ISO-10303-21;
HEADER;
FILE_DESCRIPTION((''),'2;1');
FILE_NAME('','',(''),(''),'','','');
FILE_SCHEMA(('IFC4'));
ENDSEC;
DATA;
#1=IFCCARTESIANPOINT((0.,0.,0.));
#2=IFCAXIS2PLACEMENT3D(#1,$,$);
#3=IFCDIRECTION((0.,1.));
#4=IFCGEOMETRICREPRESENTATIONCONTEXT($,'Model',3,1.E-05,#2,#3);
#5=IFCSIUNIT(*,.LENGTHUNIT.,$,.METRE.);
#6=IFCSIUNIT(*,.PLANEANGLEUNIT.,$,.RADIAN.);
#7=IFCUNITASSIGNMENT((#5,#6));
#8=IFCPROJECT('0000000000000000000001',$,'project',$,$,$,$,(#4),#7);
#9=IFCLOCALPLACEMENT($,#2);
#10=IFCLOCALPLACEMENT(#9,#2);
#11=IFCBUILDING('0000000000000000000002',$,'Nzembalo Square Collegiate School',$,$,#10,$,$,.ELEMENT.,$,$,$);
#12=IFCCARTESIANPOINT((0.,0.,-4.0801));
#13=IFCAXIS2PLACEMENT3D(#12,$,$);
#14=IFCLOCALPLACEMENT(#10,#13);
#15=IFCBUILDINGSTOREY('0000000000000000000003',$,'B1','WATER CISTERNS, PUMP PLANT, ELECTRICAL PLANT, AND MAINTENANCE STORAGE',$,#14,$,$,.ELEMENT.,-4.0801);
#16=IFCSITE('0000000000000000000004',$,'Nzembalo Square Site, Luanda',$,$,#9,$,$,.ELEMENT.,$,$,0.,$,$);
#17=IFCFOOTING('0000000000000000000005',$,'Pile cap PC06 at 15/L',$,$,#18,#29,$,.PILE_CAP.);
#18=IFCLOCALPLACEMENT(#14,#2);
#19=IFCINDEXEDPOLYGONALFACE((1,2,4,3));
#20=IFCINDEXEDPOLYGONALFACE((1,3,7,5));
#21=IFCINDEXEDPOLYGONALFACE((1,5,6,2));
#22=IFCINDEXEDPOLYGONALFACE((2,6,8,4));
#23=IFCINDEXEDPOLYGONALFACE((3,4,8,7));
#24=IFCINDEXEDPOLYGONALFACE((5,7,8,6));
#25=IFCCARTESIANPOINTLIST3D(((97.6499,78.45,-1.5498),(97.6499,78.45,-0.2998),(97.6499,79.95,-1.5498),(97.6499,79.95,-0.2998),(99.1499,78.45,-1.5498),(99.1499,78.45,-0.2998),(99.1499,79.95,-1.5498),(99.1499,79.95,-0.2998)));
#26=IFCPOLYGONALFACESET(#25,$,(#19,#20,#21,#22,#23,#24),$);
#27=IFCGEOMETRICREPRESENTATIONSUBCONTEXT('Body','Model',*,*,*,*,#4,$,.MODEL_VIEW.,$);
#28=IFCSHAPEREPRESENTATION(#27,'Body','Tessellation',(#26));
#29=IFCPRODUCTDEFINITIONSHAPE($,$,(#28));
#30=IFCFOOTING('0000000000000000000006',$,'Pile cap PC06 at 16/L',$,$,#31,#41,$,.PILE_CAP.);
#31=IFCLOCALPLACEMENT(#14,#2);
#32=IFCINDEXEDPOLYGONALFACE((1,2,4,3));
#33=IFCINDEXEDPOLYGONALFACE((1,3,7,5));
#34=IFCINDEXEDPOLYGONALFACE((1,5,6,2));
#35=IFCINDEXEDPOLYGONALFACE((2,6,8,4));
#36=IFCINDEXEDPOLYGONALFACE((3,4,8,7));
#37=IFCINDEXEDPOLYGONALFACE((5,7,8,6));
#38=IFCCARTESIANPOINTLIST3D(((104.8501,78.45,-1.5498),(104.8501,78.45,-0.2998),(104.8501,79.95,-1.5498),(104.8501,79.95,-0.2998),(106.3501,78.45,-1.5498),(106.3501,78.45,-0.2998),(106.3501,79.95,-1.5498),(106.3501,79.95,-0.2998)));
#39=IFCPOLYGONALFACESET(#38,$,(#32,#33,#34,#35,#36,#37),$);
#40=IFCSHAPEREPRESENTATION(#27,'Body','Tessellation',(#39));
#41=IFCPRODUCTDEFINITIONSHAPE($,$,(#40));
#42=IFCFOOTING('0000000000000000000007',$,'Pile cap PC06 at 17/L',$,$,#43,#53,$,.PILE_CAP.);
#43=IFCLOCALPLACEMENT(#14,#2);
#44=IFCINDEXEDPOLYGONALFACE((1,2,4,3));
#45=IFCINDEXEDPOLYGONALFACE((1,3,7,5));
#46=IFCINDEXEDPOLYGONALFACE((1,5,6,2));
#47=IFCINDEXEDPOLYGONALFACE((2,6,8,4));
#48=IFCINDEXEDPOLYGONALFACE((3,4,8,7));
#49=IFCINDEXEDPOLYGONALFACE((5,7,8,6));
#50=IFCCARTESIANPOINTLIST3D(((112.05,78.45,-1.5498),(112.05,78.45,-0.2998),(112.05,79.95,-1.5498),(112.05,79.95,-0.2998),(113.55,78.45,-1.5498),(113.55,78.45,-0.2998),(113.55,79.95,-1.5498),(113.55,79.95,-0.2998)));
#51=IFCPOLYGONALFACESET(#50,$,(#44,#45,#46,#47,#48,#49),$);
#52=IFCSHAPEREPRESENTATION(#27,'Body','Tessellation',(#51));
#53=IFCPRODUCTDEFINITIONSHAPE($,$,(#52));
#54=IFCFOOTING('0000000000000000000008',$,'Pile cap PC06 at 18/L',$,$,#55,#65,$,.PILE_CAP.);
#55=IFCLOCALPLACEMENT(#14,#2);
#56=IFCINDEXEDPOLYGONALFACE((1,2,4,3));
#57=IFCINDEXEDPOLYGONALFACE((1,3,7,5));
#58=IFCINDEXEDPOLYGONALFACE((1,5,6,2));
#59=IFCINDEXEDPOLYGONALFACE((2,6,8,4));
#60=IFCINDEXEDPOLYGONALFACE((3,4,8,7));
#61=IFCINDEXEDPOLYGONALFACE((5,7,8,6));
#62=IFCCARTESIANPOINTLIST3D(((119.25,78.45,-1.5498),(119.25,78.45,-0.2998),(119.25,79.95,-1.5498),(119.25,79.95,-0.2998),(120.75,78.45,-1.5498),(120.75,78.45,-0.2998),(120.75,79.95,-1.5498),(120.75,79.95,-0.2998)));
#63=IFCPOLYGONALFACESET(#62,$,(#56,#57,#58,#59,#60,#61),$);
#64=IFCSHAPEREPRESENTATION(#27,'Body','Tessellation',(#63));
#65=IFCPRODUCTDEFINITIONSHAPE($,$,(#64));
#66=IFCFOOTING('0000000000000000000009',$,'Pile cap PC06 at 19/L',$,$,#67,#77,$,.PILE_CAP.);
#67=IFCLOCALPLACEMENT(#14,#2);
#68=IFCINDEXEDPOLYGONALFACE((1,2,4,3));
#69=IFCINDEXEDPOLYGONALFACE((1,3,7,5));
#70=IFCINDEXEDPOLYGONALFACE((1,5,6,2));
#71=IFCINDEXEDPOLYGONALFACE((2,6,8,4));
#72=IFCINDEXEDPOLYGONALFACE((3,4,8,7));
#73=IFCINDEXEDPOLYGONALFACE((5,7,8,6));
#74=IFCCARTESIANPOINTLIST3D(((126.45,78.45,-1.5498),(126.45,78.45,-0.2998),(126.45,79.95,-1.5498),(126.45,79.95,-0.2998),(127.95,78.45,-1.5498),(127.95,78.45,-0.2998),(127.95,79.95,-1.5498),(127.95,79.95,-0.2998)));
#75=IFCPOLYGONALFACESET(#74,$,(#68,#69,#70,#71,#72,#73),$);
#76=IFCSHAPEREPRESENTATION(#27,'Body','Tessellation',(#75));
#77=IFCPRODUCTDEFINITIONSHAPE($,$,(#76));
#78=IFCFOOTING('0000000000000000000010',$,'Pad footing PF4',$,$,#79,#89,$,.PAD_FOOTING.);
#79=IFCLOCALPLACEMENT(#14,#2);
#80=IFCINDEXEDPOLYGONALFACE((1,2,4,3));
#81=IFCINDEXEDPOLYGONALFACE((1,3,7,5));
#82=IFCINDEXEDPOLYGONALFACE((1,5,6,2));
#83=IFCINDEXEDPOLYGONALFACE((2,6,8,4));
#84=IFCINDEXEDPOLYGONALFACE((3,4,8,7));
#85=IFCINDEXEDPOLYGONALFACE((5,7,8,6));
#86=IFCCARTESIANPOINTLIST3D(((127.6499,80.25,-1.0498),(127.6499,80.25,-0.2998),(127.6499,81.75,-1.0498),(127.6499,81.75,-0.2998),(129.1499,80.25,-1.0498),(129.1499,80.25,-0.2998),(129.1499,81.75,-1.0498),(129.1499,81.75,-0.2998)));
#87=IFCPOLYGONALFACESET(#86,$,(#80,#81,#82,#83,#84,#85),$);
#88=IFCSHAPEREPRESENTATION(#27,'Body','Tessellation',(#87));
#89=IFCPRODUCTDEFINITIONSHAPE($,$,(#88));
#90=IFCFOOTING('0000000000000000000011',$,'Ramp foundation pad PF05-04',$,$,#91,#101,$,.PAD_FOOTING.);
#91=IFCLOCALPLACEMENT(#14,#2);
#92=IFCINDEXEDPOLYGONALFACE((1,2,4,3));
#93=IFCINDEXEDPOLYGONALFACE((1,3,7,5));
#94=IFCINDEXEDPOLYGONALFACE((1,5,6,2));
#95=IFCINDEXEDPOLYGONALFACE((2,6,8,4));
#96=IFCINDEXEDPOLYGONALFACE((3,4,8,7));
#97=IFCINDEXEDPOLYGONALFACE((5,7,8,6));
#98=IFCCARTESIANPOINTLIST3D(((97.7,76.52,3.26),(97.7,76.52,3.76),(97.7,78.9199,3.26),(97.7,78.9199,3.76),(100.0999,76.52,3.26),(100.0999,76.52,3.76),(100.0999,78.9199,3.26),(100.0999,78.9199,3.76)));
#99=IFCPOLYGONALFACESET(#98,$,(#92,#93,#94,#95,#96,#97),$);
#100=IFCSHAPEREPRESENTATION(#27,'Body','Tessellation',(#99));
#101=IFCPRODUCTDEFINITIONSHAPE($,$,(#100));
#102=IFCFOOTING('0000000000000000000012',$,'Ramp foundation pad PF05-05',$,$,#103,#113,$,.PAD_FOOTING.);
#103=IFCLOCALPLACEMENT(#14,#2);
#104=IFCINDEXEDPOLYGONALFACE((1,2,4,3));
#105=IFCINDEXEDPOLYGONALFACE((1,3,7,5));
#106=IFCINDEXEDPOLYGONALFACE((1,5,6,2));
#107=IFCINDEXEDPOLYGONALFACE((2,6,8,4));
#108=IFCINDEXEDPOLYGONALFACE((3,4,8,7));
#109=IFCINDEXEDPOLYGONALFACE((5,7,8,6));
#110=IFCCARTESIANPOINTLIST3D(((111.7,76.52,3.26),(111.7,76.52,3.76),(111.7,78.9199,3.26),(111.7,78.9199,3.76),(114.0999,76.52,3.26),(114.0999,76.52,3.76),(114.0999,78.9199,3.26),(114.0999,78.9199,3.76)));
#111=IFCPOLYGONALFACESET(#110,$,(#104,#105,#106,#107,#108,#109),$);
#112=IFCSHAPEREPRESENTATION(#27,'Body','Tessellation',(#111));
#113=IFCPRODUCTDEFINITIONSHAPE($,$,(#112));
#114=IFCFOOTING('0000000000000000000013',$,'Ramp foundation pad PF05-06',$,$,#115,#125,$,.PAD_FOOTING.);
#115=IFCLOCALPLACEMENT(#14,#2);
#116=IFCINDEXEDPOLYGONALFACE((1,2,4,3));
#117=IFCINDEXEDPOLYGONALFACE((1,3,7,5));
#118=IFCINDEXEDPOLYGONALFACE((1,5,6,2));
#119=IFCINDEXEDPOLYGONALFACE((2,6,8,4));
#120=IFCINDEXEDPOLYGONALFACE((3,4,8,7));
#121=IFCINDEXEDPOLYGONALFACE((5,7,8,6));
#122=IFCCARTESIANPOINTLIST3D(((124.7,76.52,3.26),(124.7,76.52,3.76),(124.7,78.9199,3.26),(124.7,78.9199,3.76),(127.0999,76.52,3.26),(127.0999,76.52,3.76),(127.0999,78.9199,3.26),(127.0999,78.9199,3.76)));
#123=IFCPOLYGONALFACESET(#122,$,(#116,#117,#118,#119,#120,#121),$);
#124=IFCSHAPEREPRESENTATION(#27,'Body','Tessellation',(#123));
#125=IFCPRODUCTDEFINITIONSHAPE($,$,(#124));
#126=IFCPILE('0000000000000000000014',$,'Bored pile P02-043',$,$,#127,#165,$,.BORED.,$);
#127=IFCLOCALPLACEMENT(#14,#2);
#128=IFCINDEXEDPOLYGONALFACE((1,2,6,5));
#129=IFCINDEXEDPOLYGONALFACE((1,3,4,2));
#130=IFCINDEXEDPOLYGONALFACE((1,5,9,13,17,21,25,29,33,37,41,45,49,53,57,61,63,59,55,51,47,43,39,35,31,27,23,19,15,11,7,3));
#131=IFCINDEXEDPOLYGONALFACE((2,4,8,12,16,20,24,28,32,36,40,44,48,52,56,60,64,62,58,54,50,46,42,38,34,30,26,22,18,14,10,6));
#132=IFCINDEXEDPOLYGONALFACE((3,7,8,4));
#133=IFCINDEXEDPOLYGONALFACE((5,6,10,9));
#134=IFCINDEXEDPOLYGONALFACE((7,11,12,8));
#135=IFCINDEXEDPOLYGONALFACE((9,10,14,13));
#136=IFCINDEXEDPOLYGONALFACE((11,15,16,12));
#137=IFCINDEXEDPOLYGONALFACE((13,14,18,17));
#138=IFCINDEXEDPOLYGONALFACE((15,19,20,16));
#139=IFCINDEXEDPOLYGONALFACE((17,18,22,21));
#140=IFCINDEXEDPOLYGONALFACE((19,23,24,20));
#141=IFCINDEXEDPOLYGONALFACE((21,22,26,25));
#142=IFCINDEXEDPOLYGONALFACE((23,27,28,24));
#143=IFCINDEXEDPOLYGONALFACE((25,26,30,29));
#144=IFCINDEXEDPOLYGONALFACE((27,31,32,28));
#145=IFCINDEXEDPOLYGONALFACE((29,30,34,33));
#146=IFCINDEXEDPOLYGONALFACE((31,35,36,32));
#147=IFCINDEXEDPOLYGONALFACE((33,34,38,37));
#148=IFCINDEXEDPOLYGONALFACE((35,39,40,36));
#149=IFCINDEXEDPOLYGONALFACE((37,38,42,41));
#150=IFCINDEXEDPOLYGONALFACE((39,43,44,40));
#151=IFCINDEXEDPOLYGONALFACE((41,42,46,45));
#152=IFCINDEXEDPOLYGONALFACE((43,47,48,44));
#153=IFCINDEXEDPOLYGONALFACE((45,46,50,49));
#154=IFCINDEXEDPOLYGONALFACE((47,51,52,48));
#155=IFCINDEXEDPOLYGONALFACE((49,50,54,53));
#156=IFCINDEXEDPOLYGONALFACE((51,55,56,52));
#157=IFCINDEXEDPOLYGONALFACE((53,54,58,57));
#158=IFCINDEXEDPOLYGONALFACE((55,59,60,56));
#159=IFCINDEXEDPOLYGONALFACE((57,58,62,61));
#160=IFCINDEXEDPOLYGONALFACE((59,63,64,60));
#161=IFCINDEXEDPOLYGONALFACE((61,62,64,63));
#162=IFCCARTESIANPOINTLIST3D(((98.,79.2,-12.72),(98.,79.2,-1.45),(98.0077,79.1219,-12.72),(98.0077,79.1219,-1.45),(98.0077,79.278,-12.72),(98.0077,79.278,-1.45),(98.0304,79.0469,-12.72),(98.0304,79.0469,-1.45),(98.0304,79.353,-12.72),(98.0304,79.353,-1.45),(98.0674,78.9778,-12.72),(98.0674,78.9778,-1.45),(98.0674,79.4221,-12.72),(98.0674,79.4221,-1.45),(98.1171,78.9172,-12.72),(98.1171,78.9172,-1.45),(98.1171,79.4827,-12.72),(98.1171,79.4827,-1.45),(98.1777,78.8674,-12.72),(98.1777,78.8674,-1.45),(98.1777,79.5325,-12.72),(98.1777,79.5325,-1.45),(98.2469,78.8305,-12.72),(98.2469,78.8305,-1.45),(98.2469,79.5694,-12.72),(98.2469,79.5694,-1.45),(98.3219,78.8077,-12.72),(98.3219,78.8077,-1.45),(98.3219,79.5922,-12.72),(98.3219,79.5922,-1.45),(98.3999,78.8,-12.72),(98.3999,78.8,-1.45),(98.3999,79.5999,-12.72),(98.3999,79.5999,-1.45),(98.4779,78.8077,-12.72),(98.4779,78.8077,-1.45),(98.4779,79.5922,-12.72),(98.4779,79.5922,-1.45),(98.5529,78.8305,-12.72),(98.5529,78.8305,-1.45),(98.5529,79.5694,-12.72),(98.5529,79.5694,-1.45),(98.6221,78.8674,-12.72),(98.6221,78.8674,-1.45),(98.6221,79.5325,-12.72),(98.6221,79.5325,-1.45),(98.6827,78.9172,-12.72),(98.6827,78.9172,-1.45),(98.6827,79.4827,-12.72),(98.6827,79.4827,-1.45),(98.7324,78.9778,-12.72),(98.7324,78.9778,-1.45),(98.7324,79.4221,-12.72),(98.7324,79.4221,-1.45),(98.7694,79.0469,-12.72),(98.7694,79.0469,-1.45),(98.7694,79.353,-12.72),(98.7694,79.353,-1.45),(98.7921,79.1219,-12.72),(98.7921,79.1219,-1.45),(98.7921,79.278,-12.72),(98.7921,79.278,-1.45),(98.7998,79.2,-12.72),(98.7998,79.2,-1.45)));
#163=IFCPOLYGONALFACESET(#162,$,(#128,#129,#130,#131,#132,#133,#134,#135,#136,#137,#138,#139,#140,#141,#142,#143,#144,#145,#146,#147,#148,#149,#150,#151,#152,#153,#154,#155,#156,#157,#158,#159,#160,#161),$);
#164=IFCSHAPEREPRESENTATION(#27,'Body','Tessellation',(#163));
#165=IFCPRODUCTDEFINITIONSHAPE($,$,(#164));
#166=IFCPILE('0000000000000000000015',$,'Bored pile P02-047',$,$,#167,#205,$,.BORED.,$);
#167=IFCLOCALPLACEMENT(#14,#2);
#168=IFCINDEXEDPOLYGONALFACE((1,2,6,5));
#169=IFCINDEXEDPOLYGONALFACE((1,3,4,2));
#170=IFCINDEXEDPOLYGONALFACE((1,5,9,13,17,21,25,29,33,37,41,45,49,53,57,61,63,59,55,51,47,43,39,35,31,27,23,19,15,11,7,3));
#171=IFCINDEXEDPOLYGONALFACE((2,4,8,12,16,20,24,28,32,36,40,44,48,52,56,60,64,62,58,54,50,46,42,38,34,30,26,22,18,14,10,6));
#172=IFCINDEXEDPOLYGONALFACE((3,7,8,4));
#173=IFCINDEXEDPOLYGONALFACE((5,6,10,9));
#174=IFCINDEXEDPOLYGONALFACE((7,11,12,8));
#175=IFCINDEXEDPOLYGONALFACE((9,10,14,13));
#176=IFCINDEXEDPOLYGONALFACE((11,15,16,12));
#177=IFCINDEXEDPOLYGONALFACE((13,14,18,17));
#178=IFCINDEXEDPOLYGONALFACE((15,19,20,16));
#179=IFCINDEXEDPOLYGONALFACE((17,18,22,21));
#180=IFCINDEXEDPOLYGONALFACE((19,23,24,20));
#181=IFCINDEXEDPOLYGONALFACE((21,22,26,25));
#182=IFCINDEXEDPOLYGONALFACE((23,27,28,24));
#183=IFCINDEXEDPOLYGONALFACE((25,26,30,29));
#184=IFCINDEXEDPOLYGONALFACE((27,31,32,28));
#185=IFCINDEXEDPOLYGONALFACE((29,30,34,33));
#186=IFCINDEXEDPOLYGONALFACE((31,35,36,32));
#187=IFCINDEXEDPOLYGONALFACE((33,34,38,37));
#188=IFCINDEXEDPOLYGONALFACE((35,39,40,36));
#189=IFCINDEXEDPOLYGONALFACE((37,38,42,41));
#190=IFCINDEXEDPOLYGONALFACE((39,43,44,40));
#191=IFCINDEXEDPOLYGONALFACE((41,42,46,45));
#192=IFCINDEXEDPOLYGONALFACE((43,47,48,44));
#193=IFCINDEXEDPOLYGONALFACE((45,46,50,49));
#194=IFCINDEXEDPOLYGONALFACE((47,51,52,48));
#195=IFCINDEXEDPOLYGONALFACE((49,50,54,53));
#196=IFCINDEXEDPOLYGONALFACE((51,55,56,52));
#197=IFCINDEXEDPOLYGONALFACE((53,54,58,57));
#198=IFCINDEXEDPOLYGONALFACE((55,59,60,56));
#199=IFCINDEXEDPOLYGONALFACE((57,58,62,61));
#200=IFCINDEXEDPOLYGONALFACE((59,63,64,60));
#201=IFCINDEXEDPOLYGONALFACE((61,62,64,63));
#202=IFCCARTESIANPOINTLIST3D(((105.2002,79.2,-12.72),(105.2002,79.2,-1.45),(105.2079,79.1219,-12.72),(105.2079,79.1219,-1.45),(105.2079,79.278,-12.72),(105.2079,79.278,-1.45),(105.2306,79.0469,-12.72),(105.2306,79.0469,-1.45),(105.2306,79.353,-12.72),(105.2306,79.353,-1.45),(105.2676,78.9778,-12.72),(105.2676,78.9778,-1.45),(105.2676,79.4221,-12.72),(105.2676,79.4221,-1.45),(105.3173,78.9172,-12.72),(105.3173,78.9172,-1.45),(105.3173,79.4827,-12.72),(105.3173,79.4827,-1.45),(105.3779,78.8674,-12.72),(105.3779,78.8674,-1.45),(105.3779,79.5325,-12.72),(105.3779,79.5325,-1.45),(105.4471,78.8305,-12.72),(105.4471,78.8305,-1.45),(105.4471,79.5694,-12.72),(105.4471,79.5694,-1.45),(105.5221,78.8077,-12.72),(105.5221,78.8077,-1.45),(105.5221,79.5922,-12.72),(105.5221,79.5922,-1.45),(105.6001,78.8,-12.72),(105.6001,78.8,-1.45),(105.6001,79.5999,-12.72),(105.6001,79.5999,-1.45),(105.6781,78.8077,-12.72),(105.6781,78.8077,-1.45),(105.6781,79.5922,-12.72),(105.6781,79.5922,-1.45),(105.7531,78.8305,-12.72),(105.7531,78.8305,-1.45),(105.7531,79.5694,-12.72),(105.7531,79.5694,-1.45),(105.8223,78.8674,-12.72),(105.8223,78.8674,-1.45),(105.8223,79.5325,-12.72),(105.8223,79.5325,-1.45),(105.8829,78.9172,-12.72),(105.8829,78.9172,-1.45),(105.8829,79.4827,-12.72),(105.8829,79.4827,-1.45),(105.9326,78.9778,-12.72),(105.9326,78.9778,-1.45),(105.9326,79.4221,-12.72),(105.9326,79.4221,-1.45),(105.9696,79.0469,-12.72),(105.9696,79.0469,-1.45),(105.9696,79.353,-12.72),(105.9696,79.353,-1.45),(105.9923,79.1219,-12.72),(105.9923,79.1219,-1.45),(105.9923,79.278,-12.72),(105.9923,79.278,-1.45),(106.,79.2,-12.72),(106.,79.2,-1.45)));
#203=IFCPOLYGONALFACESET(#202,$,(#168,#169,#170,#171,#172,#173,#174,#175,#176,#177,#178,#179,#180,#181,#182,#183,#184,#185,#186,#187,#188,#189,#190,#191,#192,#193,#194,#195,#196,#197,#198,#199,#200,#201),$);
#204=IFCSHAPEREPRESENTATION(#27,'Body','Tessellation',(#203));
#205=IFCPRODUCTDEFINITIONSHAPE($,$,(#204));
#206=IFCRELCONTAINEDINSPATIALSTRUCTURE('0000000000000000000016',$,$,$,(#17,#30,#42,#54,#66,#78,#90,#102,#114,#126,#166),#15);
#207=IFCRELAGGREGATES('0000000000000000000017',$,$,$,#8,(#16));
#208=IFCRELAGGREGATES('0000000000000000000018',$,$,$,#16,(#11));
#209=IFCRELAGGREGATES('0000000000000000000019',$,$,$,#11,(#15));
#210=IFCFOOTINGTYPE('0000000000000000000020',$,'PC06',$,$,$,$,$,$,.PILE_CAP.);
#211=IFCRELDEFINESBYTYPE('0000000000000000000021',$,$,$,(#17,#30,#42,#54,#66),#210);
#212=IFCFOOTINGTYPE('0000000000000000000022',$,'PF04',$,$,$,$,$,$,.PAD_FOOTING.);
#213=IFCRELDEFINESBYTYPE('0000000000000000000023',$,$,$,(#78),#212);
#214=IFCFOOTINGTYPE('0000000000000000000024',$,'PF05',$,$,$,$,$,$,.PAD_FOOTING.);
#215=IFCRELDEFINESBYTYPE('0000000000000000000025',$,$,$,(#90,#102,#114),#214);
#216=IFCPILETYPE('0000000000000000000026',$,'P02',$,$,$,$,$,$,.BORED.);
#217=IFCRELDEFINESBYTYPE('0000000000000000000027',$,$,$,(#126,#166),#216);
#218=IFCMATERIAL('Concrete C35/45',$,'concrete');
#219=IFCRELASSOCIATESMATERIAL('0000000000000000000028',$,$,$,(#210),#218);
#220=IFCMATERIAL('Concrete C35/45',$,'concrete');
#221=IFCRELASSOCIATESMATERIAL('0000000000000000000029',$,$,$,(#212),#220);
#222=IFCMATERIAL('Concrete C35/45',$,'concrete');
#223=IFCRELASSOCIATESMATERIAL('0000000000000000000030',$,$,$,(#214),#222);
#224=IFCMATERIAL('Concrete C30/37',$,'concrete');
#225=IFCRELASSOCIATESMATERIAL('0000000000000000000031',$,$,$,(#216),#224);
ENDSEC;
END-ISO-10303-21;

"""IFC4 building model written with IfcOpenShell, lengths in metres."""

from ifc_helpers import new_model, si_unit, direction, frame, origin, origin_2d, place, context, subcontext, project, spatial, rectangle, circle, extrude, material, material_profile, profile_set, type_object, element, save


model = new_model("IFC4")

# Units and contexts
model_context = context("Model", 3, precision=1e-05, world=origin(), true_north=direction((0.0, 1.0)))
body_context = subcontext(model_context, "Body", "Model", "MODEL_VIEW")
ifc_project = project(units=[si_unit("LENGTHUNIT", "METRE"), si_unit("PLANEANGLEUNIT", "RADIAN")], contexts=[model_context])

# Site, building, storey
site_placement = place(None, origin())
site = spatial("IfcSite", under=ifc_project, at=site_placement, Name="Nzembalo Square Site, Luanda", CompositionType="ELEMENT", RefElevation=0.0)
building_placement = place(site_placement, origin())
building = spatial("IfcBuilding", under=site, at=building_placement, Name="Nzembalo Square Collegiate School", CompositionType="ELEMENT")
storey_placement = place(building_placement, frame((0.0, 0.0, -4.0801)))
storey = spatial("IfcBuildingStorey", under=building, at=storey_placement, Name="B1", Description="WATER CISTERNS, PUMP PLANT, ELECTRICAL PLANT, AND MAINTENANCE STORAGE", CompositionType="ELEMENT", Elevation=-4.0801)

# Footings
ifc_material_1 = material(Name="Concrete C35/45", Category="concrete")
footing_type_1 = type_object("IfcFootingType", Name="PC06", PredefinedType="PILE_CAP", material=ifc_material_1)
for number, where, z_axis, x_axis, name in (
    (1, (98.3999, 79.2, -1.5498), (0.0, 0.0, 1.0), (1.0, 0.0, 0.0), "Pile cap PC06 at 15/L"),
    (2, (105.6001, 79.2, -1.5498), (0.0, 0.0, 1.0), (1.0, 0.0, 0.0), "Pile cap PC06 at 16/L"),
    (3, (112.8, 79.2, -1.5498), (0.0, 0.0, 1.0), (1.0, 0.0, 0.0), "Pile cap PC06 at 17/L"),
    (4, (120.0, 79.2, -1.5498), (0.0, 0.0, 1.0), (1.0, 0.0, 0.0), "Pile cap PC06 at 18/L"),
    (5, (127.2, 79.2, -1.5498), (0.0, 0.0, 1.0), (1.0, 0.0, 0.0), "Pile cap PC06 at 19/L"),
):
    element("IfcFooting", number, at=place(storey_placement, frame(where, z_axis=z_axis, x_axis=x_axis)), inside=storey, type_object=footing_type_1, Name=name, PredefinedType="PILE_CAP", context=body_context, shape_type="SweptSolid", body=[
        extrude(rectangle(XDim=1.5, YDim=1.5, at=origin_2d()), origin(), (0.0, 0.0, 1.0), 1.25),
    ])
ifc_material_2 = material(Name="Concrete C35/45", Category="concrete")
footing_type_2 = type_object("IfcFootingType", Name="PF04", PredefinedType="PAD_FOOTING", material=ifc_material_2)
footing_placement = place(storey_placement, frame((128.3999, 81.0, -1.0498), z_axis=(0.0, 0.0, 1.0), x_axis=(1.0, 0.0, 0.0)))
element("IfcFooting", 6, at=footing_placement, inside=storey, type_object=footing_type_2, Name="Pad footing PF4", PredefinedType="PAD_FOOTING", context=body_context, shape_type="SweptSolid", body=[
    extrude(rectangle(XDim=1.5, YDim=1.5, at=origin_2d()), origin(), (0.0, 0.0, 1.0), 0.75),
])
ifc_material_3 = material(Name="Concrete C35/45", Category="concrete")
footing_type_3 = type_object("IfcFootingType", Name="PF05", PredefinedType="PAD_FOOTING", material=ifc_material_3)
for number, where, z_axis, x_axis, name in (
    (7, (98.8999, 77.72, 3.26), (0.0, 0.0, 1.0), (1.0, 0.0, 0.0), "Ramp foundation pad PF05-04"),
    (8, (112.8999, 77.72, 3.26), (0.0, 0.0, 1.0), (1.0, 0.0, 0.0), "Ramp foundation pad PF05-05"),
    (9, (125.8999, 77.72, 3.26), (0.0, 0.0, 1.0), (1.0, 0.0, 0.0), "Ramp foundation pad PF05-06"),
):
    element("IfcFooting", number, at=place(storey_placement, frame(where, z_axis=z_axis, x_axis=x_axis)), inside=storey, type_object=footing_type_3, Name=name, PredefinedType="PAD_FOOTING", context=body_context, shape_type="SweptSolid", body=[
        extrude(rectangle(XDim=2.3999, YDim=2.3999, at=origin_2d()), origin(), (0.0, 0.0, 1.0), 0.5),
    ])

# Piles
ifc_material_4 = material(Name="Concrete C30/37", Category="concrete")
ifc_material_profile_1 = material_profile(ifc_material_4, circle(Radius=0.3999, at=origin_2d()), Name="PILE D800")
ifc_profile_set_1 = profile_set([ifc_material_profile_1], Name="Concrete C30/37")
pile_type = type_object("IfcPileType", Name="P02", PredefinedType="BORED", material=ifc_profile_set_1)
for number, where, z_axis, x_axis, name in (
    (10, (98.3999, 79.2, -1.45), (0.0, 0.0, -1.0), (1.0, 0.0, 0.0), "Bored pile P02-043"),
    (11, (105.6001, 79.2, -1.45), (0.0, 0.0, -1.0), (1.0, 0.0, 0.0), "Bored pile P02-047"),
):
    element("IfcPile", number, at=place(storey_placement, frame(where, z_axis=z_axis, x_axis=x_axis)), inside=storey, type_object=pile_type, Name=name, PredefinedType="BORED", context=body_context, shape_type="SweptSolid", body=[
        extrude(circle(Radius=0.3999, at=origin_2d()), origin(), (0.0, 0.0, 1.0), 11.27),
    ])

save(model, "model.ifc")
